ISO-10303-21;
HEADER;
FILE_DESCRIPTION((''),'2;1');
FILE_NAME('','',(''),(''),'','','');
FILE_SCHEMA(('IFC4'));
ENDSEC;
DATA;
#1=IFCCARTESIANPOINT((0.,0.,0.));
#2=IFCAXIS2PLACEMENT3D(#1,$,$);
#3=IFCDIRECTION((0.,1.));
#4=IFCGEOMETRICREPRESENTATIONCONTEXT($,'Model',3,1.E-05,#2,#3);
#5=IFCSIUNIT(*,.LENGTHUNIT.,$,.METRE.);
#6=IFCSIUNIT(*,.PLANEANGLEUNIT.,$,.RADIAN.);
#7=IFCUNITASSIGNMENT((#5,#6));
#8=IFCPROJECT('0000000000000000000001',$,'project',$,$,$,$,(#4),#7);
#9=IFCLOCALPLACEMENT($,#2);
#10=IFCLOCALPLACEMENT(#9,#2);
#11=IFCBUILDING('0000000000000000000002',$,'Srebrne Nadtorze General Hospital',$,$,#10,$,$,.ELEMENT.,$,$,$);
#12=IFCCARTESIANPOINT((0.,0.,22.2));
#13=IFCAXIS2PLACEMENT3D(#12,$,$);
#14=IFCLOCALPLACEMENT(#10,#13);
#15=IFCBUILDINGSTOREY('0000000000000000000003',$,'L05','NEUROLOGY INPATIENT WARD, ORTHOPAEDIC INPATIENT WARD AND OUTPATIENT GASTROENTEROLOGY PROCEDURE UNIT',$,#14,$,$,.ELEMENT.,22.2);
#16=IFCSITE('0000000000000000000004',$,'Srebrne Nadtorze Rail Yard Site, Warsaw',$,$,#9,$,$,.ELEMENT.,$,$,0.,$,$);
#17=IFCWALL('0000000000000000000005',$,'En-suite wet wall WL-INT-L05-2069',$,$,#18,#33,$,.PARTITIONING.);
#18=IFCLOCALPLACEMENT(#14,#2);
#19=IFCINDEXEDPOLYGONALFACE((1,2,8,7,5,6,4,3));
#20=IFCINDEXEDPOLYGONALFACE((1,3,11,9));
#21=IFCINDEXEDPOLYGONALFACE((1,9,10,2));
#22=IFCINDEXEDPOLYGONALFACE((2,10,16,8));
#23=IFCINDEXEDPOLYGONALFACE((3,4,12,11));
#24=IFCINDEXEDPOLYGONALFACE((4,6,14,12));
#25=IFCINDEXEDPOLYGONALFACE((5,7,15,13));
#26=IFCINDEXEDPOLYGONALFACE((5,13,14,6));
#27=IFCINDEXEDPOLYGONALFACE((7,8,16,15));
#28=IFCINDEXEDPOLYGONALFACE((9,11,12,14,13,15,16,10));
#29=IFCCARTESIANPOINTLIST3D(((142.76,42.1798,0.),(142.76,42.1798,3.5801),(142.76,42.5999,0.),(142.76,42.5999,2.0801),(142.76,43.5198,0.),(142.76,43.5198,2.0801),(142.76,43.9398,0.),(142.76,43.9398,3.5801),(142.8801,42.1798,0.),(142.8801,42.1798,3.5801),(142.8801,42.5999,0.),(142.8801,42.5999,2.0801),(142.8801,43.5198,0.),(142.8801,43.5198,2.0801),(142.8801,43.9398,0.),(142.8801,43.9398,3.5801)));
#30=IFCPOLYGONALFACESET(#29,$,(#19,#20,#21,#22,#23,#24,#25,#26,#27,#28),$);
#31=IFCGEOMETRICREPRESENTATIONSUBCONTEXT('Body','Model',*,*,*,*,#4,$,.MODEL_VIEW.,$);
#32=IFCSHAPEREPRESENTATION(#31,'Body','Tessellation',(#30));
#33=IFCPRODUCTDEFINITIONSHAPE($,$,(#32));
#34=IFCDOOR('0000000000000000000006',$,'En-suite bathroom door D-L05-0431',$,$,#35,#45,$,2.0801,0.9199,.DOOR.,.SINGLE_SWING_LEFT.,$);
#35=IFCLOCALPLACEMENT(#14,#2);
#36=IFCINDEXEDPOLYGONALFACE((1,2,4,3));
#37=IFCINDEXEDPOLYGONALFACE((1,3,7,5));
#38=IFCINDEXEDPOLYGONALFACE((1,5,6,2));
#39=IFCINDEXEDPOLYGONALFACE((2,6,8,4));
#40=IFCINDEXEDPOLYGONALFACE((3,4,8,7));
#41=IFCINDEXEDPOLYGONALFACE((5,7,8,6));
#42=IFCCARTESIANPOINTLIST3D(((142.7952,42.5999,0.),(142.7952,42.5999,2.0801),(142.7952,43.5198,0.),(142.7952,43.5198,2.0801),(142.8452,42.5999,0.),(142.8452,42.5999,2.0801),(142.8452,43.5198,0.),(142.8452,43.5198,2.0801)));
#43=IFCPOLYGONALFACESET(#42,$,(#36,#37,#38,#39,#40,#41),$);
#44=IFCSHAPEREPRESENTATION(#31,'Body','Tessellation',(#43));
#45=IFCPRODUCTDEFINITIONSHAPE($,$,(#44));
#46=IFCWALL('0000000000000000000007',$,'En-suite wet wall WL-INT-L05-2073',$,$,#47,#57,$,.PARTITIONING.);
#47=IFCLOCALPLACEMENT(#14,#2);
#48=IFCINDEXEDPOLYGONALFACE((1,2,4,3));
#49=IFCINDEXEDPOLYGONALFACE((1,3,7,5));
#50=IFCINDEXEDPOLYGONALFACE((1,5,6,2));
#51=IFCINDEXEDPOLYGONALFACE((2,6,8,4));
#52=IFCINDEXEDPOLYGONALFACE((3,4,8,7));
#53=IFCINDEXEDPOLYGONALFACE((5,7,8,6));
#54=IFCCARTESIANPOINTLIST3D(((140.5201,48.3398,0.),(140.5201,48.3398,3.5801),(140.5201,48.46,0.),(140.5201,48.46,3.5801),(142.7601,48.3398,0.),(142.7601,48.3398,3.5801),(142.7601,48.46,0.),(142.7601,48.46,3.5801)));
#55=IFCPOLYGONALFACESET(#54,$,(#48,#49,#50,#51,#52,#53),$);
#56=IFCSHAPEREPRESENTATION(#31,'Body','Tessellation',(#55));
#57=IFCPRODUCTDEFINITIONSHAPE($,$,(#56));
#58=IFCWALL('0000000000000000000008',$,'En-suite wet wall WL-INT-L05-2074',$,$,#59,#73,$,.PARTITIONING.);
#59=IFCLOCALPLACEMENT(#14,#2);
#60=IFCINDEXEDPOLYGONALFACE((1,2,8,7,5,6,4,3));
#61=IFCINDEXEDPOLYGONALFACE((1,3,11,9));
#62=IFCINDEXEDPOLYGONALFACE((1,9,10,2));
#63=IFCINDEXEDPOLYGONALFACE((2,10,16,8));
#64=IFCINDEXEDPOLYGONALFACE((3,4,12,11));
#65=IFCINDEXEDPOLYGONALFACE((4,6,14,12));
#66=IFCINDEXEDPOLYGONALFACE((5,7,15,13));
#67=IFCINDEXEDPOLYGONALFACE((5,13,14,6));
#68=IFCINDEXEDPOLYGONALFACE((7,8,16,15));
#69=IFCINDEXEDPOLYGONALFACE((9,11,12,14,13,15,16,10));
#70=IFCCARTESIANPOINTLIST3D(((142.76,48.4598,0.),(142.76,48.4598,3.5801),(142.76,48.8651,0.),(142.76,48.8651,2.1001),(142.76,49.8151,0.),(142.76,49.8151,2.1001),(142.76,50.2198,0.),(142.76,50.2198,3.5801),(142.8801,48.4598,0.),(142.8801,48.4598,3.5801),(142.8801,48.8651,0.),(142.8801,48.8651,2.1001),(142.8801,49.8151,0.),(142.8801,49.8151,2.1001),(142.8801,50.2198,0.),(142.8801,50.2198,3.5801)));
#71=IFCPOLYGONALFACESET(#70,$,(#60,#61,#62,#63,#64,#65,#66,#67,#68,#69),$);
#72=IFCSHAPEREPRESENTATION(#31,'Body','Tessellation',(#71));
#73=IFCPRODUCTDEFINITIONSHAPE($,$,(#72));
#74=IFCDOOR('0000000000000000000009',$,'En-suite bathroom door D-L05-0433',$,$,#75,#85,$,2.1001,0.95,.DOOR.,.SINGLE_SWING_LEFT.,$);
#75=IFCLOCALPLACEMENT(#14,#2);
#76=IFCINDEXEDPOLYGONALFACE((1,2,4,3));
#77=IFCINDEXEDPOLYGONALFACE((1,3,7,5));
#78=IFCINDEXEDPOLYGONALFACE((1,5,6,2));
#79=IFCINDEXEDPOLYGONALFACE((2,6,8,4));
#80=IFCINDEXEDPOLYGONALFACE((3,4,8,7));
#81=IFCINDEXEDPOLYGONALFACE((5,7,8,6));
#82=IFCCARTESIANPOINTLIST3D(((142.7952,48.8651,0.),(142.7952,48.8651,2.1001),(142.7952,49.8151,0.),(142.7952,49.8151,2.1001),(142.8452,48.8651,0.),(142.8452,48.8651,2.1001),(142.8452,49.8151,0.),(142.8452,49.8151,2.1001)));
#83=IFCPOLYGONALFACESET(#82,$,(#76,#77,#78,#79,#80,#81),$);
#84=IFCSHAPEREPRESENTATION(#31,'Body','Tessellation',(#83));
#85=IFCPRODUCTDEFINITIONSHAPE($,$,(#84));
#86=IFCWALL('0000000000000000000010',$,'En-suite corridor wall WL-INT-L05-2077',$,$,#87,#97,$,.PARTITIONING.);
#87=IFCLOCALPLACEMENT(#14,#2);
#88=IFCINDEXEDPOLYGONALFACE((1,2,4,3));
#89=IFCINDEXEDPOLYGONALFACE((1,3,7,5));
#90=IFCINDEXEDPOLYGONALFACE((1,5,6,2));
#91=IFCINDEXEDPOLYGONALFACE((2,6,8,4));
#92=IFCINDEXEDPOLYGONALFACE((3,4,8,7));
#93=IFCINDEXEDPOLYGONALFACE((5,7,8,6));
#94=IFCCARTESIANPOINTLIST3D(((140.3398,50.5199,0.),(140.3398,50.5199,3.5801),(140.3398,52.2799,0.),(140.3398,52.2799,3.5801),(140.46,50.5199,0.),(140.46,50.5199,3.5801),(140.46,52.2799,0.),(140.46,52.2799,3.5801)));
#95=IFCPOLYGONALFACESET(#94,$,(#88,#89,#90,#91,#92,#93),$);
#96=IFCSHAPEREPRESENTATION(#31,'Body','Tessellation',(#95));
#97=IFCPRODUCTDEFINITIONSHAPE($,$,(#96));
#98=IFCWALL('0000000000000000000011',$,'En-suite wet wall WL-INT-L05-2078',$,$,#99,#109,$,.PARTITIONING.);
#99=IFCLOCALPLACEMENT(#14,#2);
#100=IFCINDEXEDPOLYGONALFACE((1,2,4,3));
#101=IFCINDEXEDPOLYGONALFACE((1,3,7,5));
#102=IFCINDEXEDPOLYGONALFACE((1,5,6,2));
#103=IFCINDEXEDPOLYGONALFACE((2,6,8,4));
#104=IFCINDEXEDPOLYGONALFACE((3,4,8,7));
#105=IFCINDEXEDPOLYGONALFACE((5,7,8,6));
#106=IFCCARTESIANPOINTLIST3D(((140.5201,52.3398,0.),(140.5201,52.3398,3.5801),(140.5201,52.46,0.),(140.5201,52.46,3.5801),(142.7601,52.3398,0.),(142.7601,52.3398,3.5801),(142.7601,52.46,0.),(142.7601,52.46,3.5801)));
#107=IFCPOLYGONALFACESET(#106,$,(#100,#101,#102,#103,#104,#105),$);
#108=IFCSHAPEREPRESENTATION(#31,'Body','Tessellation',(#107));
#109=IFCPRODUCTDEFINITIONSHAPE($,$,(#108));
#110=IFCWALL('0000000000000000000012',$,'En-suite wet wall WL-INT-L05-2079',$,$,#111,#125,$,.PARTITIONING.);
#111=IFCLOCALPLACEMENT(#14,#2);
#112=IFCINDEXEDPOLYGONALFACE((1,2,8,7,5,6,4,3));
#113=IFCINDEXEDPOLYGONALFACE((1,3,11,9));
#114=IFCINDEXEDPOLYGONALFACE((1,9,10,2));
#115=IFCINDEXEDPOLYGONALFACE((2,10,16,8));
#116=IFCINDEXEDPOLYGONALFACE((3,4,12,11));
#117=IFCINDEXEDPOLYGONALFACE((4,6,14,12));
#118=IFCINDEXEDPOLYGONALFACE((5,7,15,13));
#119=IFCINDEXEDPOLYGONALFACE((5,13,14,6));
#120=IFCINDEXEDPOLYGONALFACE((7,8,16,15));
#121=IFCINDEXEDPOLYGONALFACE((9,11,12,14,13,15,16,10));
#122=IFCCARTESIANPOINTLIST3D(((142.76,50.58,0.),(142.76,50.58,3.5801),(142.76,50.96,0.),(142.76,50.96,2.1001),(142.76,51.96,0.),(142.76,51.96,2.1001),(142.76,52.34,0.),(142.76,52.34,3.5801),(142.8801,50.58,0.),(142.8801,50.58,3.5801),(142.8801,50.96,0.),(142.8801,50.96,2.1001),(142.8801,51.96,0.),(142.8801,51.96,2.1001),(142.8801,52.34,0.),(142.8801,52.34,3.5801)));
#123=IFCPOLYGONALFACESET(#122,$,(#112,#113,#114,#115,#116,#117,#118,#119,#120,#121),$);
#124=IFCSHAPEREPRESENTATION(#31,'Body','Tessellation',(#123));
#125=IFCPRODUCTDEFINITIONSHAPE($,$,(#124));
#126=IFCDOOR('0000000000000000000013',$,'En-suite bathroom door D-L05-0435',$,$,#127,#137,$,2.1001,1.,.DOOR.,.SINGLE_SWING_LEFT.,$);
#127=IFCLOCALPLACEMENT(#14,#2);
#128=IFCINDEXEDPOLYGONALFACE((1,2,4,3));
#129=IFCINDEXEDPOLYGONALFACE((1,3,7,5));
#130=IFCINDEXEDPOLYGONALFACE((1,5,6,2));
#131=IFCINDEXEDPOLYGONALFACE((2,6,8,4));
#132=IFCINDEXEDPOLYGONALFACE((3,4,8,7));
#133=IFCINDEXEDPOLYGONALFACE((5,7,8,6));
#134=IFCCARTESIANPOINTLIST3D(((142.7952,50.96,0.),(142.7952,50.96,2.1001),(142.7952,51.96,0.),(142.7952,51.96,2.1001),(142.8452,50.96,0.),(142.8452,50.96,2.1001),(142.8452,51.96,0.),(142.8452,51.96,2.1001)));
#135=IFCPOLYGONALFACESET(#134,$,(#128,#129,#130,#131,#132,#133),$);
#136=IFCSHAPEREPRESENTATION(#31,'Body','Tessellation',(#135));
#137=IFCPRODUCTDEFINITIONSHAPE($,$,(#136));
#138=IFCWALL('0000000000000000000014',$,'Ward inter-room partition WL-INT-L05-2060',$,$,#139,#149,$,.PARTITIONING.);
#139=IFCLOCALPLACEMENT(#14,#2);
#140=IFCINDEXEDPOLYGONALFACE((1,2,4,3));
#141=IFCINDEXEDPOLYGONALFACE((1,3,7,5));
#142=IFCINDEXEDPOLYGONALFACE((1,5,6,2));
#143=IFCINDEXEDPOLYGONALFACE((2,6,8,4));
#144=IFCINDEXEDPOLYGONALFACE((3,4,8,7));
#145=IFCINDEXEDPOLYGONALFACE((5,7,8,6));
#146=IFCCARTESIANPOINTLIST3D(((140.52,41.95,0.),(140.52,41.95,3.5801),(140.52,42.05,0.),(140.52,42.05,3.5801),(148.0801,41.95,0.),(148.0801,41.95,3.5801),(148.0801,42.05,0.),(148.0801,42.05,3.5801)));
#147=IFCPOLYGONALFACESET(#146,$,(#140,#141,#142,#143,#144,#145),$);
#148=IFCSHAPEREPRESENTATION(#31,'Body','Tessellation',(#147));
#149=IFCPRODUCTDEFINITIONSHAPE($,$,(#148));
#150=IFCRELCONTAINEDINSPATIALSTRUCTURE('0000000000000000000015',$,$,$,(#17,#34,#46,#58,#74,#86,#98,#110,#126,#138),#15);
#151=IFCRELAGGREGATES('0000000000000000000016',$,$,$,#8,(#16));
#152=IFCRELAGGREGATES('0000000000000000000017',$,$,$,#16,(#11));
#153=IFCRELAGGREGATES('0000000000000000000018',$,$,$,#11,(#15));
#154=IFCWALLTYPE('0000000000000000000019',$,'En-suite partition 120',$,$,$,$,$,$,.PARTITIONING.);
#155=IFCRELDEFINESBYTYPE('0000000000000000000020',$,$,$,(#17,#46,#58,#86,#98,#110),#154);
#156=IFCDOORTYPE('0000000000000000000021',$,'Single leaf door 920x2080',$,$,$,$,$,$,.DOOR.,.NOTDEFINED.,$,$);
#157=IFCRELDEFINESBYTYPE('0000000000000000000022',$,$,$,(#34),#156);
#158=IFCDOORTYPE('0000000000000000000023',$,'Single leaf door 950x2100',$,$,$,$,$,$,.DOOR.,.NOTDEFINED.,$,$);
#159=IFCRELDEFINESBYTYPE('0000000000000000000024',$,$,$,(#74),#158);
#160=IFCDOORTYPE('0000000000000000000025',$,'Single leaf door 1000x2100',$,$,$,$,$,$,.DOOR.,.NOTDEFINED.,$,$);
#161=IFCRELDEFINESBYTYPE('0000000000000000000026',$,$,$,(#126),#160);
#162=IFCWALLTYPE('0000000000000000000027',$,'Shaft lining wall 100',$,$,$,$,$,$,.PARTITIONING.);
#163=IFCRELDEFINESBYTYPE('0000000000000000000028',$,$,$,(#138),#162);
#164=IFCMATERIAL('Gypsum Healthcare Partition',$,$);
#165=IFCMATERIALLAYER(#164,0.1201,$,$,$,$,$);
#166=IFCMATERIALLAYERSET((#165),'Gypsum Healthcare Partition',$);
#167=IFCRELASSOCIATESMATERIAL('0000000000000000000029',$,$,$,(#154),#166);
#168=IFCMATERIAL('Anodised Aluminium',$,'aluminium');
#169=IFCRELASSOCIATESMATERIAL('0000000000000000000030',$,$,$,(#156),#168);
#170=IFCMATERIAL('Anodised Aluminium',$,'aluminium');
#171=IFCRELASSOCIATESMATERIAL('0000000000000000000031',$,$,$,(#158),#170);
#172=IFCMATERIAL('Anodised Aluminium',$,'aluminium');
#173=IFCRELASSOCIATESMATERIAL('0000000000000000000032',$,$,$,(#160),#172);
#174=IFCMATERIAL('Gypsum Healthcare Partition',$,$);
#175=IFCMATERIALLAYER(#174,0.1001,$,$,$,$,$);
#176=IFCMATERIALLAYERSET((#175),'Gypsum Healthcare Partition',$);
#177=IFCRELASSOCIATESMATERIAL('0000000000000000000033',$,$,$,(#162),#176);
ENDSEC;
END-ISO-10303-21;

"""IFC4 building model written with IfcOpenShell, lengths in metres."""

from ifc_helpers import new_model, si_unit, direction, frame, frame_2d, origin, place, context, subcontext, project, spatial, rectangle, extrude, material, layer, layer_set, type_object, element, fill, save


model = new_model("IFC4")

# Units and contexts
model_context = context("Model", 3, precision=1e-05, world=origin(), true_north=direction((0.0, 1.0)))
body_context = subcontext(model_context, "Body", "Model", "MODEL_VIEW")
ifc_project = project(units=[si_unit("LENGTHUNIT", "METRE"), si_unit("PLANEANGLEUNIT", "RADIAN")], contexts=[model_context])

# Site, building, storey
site_placement = place(None, origin())
site = spatial("IfcSite", under=ifc_project, at=site_placement, Name="Srebrne Nadtorze Rail Yard Site, Warsaw", CompositionType="ELEMENT", RefElevation=0.0)
building_placement = place(site_placement, origin())
building = spatial("IfcBuilding", under=site, at=building_placement, Name="Srebrne Nadtorze General Hospital", CompositionType="ELEMENT")
storey_placement = place(building_placement, frame((0.0, 0.0, 22.2)))
storey = spatial("IfcBuildingStorey", under=building, at=storey_placement, Name="L05", Description="NEUROLOGY INPATIENT WARD, ORTHOPAEDIC INPATIENT WARD AND OUTPATIENT GASTROENTEROLOGY PROCEDURE UNIT", CompositionType="ELEMENT", Elevation=22.2)

# Shared definitions
ifc_material_1 = material(Name="Gypsum Healthcare Partition")
ifc_layer_1 = layer(ifc_material_1, 0.1201)
ifc_layer_set_1 = layer_set([ifc_layer_1], Name="Gypsum Healthcare Partition")
wall_type_1 = type_object("IfcWallType", Name="En-suite partition 120", PredefinedType="PARTITIONING", material=ifc_layer_set_1)

# Wall, opening, door
wall_1_placement = place(storey_placement, frame((142.8201, 42.1799, 0.0), z_axis=(0.0, 0.0, 1.0), x_axis=(0.0, 1.0, 0.0)))
wall_1 = element("IfcWall", 1, at=wall_1_placement, inside=storey, type_object=wall_type_1, Name="En-suite wet wall WL-INT-L05-2069", PredefinedType="PARTITIONING", context=body_context, shape_type="SweptSolid", body=[
    extrude(rectangle(XDim=1.76, YDim=0.1201, at=frame_2d((0.8799, 0.0))), origin(), (0.0, 0.0, 1.0), 3.5801),
])
opening_1_placement = place(wall_1_placement, frame((0.4199, 0.0, 0.0)))
opening_1 = element("IfcOpeningElement", 2, at=opening_1_placement, cuts=wall_1, PredefinedType="OPENING", context=body_context, shape_type="SweptSolid", body=[
    extrude(rectangle(XDim=0.9199, YDim=2.0801, at=frame_2d((0.46, 1.04))), frame((0.0, 0.072, 0.0), z_axis=(0.0, -1.0, 0.0), x_axis=(1.0, 0.0, 0.0)), (0.0, 0.0, 1.0), 0.144),
])
ifc_material_2 = material(Name="Anodised Aluminium", Category="aluminium")
door_type_1 = type_object("IfcDoorType", Name="Single leaf door 920x2080", OperationType="NOTDEFINED", PredefinedType="DOOR", material=ifc_material_2)
door_1_placement = place(opening_1_placement, origin())
door_1 = element("IfcDoor", 3, at=door_1_placement, inside=storey, type_object=door_type_1, Name="En-suite bathroom door D-L05-0431", OperationType="SINGLE_SWING_LEFT", OverallHeight=2.0801, OverallWidth=0.9199, PredefinedType="DOOR", context=body_context, shape_type="SweptSolid", body=[
    extrude(rectangle(XDim=0.9199, YDim=2.0801, at=frame_2d((0.46, 1.04))), frame((0.0, 0.0249, 0.0), z_axis=(0.0, -1.0, 0.0), x_axis=(1.0, 0.0, 0.0)), (0.0, 0.0, 1.0), 0.05),
])
fill(opening_1, door_1)

# Wall
wall_2_placement = place(storey_placement, frame((140.52, 48.3999, 0.0), z_axis=(0.0, 0.0, 1.0), x_axis=(1.0, 0.0, 0.0)))
element("IfcWall", 4, at=wall_2_placement, inside=storey, type_object=wall_type_1, Name="En-suite wet wall WL-INT-L05-2073", PredefinedType="PARTITIONING", context=body_context, shape_type="SweptSolid", body=[
    extrude(rectangle(XDim=2.24, YDim=0.1201, at=frame_2d((1.1201, 0.0))), origin(), (0.0, 0.0, 1.0), 3.5801),
])

# Wall, opening, door
wall_3_placement = place(storey_placement, frame((142.8201, 48.46, 0.0), z_axis=(0.0, 0.0, 1.0), x_axis=(0.0, 1.0, 0.0)))
wall_3 = element("IfcWall", 5, at=wall_3_placement, inside=storey, type_object=wall_type_1, Name="En-suite wet wall WL-INT-L05-2074", PredefinedType="PARTITIONING", context=body_context, shape_type="SweptSolid", body=[
    extrude(rectangle(XDim=1.76, YDim=0.1201, at=frame_2d((0.8799, 0.0))), origin(), (0.0, 0.0, 1.0), 3.5801),
])
opening_2_placement = place(wall_3_placement, frame((0.405, 0.0, 0.0)))
opening_2 = element("IfcOpeningElement", 6, at=opening_2_placement, cuts=wall_3, PredefinedType="OPENING", context=body_context, shape_type="SweptSolid", body=[
    extrude(rectangle(XDim=0.95, YDim=2.1001, at=frame_2d((0.4751, 1.05))), frame((0.0, 0.072, 0.0), z_axis=(0.0, -1.0, 0.0), x_axis=(1.0, 0.0, 0.0)), (0.0, 0.0, 1.0), 0.144),
])
ifc_material_3 = material(Name="Anodised Aluminium", Category="aluminium")
door_type_2 = type_object("IfcDoorType", Name="Single leaf door 950x2100", OperationType="NOTDEFINED", PredefinedType="DOOR", material=ifc_material_3)
door_2_placement = place(opening_2_placement, origin())
door_2 = element("IfcDoor", 7, at=door_2_placement, inside=storey, type_object=door_type_2, Name="En-suite bathroom door D-L05-0433", OperationType="SINGLE_SWING_LEFT", OverallHeight=2.1001, OverallWidth=0.95, PredefinedType="DOOR", context=body_context, shape_type="SweptSolid", body=[
    extrude(rectangle(XDim=0.95, YDim=2.1001, at=frame_2d((0.4751, 1.05))), frame((0.0, 0.0249, 0.0), z_axis=(0.0, -1.0, 0.0), x_axis=(1.0, 0.0, 0.0)), (0.0, 0.0, 1.0), 0.05),
])
fill(opening_2, door_2)

# Walls
wall_4_placement = place(storey_placement, frame((140.3999, 50.52, 0.0), z_axis=(0.0, 0.0, 1.0), x_axis=(0.0, 1.0, 0.0)))
element("IfcWall", 8, at=wall_4_placement, inside=storey, type_object=wall_type_1, Name="En-suite corridor wall WL-INT-L05-2077", PredefinedType="PARTITIONING", context=body_context, shape_type="SweptSolid", body=[
    extrude(rectangle(XDim=1.76, YDim=0.1201, at=frame_2d((0.8799, 0.0))), origin(), (0.0, 0.0, 1.0), 3.5801),
])
wall_5_placement = place(storey_placement, frame((140.52, 52.3999, 0.0), z_axis=(0.0, 0.0, 1.0), x_axis=(1.0, 0.0, 0.0)))
element("IfcWall", 9, at=wall_5_placement, inside=storey, type_object=wall_type_1, Name="En-suite wet wall WL-INT-L05-2078", PredefinedType="PARTITIONING", context=body_context, shape_type="SweptSolid", body=[
    extrude(rectangle(XDim=2.24, YDim=0.1201, at=frame_2d((1.1201, 0.0))), origin(), (0.0, 0.0, 1.0), 3.5801),
])

# Wall, opening, door
wall_6_placement = place(storey_placement, frame((142.8201, 50.5801, 0.0), z_axis=(0.0, 0.0, 1.0), x_axis=(0.0, 1.0, 0.0)))
wall_6 = element("IfcWall", 10, at=wall_6_placement, inside=storey, type_object=wall_type_1, Name="En-suite wet wall WL-INT-L05-2079", PredefinedType="PARTITIONING", context=body_context, shape_type="SweptSolid", body=[
    extrude(rectangle(XDim=1.76, YDim=0.1201, at=frame_2d((0.8799, 0.0))), origin(), (0.0, 0.0, 1.0), 3.5801),
])
opening_3_placement = place(wall_6_placement, frame((0.3799, 0.0, 0.0)))
opening_3 = element("IfcOpeningElement", 11, at=opening_3_placement, cuts=wall_6, PredefinedType="OPENING", context=body_context, shape_type="SweptSolid", body=[
    extrude(rectangle(XDim=1.0, YDim=2.1001, at=frame_2d((0.5, 1.05))), frame((0.0, 0.072, 0.0), z_axis=(0.0, -1.0, 0.0), x_axis=(1.0, 0.0, 0.0)), (0.0, 0.0, 1.0), 0.144),
])
ifc_material_4 = material(Name="Anodised Aluminium", Category="aluminium")
door_type_3 = type_object("IfcDoorType", Name="Single leaf door 1000x2100", OperationType="NOTDEFINED", PredefinedType="DOOR", material=ifc_material_4)
door_3_placement = place(opening_3_placement, origin())
door_3 = element("IfcDoor", 12, at=door_3_placement, inside=storey, type_object=door_type_3, Name="En-suite bathroom door D-L05-0435", OperationType="SINGLE_SWING_LEFT", OverallHeight=2.1001, OverallWidth=1.0, PredefinedType="DOOR", context=body_context, shape_type="SweptSolid", body=[
    extrude(rectangle(XDim=1.0, YDim=2.1001, at=frame_2d((0.5, 1.05))), frame((0.0, 0.0249, 0.0), z_axis=(0.0, -1.0, 0.0), x_axis=(1.0, 0.0, 0.0)), (0.0, 0.0, 1.0), 0.05),
])
fill(opening_3, door_3)

# Wall
ifc_material_5 = material(Name="Gypsum Healthcare Partition")
ifc_layer_2 = layer(ifc_material_5, 0.1001)
ifc_layer_set_2 = layer_set([ifc_layer_2], Name="Gypsum Healthcare Partition")
wall_type_2 = type_object("IfcWallType", Name="Shaft lining wall 100", PredefinedType="PARTITIONING", material=ifc_layer_set_2)
wall_7_placement = place(storey_placement, frame((140.52, 42.0, 0.0), z_axis=(0.0, 0.0, 1.0), x_axis=(1.0, 0.0, 0.0)))
element("IfcWall", 13, at=wall_7_placement, inside=storey, type_object=wall_type_2, Name="Ward inter-room partition WL-INT-L05-2060", PredefinedType="PARTITIONING", context=body_context, shape_type="SweptSolid", body=[
    extrude(rectangle(XDim=7.5601, YDim=0.1001, at=frame_2d((3.78, 0.0))), origin(), (0.0, 0.0, 1.0), 3.5801),
])

save(model, "model.ifc")
